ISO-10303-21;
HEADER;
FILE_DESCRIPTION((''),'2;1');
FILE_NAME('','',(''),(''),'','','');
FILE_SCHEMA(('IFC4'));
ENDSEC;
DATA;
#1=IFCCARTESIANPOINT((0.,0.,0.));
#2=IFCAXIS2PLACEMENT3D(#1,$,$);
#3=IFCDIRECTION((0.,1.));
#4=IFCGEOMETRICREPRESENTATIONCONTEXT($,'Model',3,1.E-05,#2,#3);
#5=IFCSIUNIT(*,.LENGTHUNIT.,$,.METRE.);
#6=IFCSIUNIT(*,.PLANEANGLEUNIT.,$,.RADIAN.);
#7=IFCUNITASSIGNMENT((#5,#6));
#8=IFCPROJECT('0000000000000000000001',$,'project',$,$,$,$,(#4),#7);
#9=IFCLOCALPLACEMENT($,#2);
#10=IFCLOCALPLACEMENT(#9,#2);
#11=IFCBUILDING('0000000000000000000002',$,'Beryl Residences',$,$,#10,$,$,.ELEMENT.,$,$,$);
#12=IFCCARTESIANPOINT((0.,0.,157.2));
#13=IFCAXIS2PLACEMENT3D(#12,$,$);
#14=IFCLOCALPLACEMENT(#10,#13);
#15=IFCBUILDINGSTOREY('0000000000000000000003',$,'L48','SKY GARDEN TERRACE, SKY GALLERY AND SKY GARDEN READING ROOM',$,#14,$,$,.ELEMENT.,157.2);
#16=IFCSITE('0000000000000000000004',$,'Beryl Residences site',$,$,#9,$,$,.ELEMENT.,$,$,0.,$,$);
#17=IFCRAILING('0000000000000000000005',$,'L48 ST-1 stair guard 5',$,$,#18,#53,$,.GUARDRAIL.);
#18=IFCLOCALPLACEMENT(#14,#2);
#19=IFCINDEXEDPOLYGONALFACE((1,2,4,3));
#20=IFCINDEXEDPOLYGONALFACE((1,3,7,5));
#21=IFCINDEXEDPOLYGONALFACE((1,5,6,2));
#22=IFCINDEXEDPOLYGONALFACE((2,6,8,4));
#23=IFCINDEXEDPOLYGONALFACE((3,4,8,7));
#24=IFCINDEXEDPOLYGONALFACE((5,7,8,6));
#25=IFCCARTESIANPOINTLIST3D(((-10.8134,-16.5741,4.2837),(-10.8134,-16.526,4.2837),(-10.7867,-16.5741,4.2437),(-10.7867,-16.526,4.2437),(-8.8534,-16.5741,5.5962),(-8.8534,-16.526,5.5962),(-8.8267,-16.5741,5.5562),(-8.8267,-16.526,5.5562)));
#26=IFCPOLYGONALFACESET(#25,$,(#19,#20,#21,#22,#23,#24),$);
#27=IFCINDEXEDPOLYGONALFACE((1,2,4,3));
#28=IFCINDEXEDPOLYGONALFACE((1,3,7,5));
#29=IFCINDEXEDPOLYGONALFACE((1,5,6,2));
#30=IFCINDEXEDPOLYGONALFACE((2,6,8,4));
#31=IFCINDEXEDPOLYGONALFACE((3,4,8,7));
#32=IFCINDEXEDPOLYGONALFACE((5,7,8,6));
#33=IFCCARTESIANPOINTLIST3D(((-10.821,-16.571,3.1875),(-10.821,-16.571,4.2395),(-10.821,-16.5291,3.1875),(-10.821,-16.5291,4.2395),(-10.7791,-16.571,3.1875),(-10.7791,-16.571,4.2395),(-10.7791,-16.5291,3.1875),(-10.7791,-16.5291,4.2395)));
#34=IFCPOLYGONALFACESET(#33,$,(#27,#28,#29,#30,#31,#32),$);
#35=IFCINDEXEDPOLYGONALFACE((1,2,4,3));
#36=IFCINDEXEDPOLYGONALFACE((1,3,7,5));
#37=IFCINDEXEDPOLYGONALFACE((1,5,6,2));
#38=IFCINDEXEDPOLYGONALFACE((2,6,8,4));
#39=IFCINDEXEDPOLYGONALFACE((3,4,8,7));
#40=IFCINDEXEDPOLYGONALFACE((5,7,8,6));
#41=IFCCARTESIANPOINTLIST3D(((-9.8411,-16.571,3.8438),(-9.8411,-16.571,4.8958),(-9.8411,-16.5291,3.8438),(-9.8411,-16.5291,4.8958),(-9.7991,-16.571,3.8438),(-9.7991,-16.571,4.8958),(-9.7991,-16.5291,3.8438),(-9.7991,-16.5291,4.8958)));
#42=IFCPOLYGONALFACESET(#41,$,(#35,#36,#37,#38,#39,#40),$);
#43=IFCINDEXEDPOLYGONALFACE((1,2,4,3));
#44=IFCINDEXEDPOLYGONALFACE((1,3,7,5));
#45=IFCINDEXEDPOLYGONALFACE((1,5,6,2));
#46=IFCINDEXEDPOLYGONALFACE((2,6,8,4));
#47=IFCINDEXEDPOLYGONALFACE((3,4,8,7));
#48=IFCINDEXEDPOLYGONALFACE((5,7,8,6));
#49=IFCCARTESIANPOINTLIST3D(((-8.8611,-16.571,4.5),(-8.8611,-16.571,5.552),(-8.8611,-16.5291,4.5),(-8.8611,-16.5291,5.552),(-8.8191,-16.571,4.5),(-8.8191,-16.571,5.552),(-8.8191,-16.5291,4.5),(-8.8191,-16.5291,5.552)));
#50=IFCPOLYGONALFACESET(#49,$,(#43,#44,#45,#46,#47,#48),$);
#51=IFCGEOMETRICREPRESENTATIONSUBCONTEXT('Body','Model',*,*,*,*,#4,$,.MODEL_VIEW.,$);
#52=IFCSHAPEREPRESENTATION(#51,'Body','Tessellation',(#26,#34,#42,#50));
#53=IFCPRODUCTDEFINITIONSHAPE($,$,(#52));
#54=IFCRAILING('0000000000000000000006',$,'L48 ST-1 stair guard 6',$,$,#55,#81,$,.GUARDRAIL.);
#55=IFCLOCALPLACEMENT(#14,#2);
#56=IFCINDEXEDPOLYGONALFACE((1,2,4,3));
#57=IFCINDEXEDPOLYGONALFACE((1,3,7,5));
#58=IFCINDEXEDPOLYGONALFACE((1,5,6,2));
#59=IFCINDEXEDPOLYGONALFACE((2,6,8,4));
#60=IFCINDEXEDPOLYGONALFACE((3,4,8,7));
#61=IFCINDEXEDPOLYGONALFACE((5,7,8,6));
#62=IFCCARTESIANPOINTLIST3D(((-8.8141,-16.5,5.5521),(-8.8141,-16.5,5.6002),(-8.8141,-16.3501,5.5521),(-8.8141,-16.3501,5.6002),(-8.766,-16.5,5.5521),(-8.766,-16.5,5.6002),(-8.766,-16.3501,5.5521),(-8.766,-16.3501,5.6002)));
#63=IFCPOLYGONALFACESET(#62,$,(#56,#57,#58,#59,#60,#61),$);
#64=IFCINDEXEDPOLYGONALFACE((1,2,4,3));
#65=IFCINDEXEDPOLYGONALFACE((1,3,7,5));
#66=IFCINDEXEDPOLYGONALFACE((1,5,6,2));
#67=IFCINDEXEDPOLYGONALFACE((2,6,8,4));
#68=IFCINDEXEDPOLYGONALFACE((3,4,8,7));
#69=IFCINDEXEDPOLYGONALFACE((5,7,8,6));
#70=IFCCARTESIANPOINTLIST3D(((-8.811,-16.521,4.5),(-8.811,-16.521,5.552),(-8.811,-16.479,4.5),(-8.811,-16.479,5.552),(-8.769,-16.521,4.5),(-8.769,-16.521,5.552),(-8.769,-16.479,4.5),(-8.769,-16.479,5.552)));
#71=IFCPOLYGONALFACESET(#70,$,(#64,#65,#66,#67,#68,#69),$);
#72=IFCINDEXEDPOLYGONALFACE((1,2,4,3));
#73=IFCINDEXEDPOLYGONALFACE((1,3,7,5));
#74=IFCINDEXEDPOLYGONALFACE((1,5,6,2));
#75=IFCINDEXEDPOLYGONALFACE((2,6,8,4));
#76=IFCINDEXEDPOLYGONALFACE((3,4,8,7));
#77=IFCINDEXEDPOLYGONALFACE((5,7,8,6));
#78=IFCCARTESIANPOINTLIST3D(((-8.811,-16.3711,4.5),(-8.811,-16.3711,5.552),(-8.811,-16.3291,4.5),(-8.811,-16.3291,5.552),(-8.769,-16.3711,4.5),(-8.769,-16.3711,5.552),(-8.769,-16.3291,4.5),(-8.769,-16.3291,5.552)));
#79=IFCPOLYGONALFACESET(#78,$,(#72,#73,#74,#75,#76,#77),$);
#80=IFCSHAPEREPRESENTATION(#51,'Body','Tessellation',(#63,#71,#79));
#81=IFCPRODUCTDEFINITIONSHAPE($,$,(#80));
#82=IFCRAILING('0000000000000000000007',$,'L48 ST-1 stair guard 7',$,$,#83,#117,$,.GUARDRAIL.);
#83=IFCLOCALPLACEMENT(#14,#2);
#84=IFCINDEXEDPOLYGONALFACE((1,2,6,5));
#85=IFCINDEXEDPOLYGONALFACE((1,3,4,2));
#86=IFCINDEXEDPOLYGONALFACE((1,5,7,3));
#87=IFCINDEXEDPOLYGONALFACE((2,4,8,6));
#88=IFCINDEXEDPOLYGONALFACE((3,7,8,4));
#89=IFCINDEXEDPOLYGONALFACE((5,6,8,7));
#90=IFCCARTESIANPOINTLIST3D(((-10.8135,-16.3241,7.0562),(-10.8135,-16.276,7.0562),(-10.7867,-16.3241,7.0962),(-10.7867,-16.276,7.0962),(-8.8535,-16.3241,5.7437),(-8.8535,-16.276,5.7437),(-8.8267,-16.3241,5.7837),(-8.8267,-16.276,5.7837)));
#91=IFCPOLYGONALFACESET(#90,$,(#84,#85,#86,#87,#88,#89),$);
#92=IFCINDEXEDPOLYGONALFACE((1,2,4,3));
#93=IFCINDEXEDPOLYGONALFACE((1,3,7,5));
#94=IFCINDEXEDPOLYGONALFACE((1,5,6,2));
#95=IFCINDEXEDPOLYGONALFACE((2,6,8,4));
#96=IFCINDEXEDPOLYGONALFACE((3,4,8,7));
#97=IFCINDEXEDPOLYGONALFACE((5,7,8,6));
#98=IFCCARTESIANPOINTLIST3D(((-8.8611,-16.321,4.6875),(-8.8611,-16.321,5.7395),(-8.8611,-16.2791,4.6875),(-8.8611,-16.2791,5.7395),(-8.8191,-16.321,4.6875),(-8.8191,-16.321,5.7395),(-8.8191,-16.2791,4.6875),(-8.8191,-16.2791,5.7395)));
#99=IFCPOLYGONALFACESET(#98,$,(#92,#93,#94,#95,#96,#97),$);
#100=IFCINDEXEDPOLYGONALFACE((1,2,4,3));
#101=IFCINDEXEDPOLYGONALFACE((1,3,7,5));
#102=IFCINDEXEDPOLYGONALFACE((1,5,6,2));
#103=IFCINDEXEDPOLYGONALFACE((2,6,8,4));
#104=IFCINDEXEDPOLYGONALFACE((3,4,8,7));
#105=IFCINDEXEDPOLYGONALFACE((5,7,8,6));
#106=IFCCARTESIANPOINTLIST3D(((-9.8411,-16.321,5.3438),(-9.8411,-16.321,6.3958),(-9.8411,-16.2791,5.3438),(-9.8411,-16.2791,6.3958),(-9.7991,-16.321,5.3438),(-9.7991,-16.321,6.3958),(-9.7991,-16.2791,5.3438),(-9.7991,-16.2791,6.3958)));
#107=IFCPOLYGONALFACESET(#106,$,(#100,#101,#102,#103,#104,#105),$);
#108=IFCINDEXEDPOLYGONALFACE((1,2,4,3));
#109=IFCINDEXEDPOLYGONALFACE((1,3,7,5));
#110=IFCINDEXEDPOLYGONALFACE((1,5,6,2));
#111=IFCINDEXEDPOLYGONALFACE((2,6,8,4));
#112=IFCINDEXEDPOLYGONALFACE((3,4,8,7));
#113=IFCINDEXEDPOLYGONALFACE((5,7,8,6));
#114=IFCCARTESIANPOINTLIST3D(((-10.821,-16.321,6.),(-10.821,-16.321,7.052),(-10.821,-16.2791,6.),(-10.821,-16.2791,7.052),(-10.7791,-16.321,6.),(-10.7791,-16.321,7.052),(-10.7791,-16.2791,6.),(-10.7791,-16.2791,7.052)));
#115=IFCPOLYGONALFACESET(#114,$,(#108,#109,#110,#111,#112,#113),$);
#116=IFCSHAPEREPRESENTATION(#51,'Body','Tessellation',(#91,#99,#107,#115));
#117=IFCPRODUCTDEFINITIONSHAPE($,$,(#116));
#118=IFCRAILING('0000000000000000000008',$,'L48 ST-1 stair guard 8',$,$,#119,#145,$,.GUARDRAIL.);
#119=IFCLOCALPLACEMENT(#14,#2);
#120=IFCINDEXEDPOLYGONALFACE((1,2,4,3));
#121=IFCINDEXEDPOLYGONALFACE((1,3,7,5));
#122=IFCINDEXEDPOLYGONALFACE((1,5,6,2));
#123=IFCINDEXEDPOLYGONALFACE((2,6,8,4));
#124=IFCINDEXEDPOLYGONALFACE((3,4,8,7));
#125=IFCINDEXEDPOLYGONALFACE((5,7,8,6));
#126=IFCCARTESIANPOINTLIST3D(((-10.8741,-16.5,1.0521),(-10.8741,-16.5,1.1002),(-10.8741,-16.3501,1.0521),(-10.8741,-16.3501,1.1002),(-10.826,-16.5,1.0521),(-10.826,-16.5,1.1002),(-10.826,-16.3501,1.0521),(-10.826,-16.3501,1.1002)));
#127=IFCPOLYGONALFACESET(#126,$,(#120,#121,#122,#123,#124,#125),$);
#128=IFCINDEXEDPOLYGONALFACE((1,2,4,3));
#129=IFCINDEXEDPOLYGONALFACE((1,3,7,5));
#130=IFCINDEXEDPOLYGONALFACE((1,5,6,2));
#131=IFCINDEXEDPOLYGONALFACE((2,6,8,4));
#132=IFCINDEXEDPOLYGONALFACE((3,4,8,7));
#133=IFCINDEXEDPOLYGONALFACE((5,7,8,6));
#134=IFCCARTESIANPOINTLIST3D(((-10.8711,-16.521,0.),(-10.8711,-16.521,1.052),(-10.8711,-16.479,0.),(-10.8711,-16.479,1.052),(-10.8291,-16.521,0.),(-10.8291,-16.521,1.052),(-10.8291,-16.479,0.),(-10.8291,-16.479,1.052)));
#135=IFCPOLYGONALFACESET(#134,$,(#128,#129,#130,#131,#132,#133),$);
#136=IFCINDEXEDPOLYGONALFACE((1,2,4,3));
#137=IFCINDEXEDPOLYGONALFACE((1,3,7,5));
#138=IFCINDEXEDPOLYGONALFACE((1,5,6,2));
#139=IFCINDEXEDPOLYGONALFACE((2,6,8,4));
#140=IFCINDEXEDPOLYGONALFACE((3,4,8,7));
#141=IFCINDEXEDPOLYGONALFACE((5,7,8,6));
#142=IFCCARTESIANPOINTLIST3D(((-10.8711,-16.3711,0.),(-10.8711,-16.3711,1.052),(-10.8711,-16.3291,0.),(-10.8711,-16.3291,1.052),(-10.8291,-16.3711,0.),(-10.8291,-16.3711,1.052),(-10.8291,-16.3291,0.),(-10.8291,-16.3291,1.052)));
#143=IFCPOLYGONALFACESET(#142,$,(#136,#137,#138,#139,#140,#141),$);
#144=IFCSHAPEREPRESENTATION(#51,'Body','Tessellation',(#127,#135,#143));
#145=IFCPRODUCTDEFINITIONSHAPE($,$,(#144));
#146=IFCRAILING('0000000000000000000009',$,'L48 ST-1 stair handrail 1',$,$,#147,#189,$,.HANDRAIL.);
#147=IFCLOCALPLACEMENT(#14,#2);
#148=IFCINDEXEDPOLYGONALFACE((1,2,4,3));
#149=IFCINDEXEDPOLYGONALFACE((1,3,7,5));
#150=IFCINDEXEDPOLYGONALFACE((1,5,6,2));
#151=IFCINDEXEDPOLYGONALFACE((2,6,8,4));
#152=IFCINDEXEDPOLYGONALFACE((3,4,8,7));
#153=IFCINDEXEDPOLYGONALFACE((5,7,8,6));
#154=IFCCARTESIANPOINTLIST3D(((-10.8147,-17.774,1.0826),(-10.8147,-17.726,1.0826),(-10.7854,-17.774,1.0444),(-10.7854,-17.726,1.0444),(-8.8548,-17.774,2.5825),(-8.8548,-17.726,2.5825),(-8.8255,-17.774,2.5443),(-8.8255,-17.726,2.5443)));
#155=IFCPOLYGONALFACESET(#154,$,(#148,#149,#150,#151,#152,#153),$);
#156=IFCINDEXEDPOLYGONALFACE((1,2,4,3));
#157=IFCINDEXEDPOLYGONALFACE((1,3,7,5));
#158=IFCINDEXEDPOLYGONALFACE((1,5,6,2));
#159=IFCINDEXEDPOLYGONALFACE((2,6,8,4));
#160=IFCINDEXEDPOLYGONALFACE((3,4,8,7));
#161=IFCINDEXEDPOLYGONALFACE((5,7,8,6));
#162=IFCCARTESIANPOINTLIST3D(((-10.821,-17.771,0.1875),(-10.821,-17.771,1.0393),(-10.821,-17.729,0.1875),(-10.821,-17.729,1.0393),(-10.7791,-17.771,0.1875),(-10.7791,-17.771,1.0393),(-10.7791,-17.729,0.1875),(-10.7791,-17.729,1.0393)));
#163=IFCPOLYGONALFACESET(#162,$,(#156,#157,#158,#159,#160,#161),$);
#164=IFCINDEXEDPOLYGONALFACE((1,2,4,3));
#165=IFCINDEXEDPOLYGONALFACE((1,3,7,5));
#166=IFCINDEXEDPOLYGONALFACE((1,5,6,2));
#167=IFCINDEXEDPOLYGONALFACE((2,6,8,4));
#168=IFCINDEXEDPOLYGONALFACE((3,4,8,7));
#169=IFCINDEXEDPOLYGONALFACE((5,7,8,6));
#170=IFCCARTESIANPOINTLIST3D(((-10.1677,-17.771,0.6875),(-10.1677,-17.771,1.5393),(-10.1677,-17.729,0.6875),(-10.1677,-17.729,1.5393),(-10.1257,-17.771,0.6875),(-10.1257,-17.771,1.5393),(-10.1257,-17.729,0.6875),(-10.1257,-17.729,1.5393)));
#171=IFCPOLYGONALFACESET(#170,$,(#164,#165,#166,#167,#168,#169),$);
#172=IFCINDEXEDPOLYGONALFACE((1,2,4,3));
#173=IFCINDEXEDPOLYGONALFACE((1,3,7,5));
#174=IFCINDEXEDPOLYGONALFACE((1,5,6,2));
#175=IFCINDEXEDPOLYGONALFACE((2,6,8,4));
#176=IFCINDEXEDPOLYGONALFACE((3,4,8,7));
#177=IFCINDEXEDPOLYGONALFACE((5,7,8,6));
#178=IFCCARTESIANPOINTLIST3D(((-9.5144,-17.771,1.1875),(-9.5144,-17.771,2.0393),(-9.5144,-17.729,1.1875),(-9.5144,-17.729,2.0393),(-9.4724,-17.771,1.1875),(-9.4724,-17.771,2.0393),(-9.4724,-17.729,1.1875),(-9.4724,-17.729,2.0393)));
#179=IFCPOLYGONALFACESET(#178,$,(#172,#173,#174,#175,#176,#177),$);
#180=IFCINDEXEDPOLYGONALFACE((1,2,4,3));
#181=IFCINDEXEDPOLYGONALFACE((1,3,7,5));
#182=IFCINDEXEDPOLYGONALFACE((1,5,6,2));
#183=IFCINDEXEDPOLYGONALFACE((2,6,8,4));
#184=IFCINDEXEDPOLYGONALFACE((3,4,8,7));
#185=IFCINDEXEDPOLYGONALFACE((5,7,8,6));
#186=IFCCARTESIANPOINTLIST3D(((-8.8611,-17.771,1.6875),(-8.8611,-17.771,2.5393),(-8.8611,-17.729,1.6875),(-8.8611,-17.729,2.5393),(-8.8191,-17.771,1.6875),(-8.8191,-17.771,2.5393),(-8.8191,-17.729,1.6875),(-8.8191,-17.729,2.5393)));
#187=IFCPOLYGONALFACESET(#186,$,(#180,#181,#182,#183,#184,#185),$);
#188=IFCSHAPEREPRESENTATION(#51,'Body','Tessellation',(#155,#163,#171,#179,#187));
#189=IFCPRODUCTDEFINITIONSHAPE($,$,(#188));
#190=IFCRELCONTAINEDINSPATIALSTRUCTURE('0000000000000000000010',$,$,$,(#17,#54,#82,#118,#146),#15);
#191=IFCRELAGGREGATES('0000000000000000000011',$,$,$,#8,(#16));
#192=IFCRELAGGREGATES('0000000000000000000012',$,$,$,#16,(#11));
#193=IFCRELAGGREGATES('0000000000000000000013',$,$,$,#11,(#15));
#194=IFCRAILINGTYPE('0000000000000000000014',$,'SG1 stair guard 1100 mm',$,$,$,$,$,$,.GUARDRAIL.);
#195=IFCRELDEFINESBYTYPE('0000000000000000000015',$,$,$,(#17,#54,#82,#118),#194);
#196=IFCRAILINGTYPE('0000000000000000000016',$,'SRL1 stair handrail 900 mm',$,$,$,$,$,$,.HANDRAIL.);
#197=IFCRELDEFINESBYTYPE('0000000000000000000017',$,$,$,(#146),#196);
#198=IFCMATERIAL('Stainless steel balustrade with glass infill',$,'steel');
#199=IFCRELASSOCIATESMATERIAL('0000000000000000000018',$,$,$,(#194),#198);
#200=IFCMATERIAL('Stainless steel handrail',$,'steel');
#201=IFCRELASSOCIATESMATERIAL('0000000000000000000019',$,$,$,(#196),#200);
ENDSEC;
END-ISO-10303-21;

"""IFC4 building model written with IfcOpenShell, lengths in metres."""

from ifc_helpers import new_model, si_unit, direction, frame, origin, origin_2d, place, context, subcontext, project, spatial, rectangle, extrude, material, type_object, element, save


model = new_model("IFC4")

# Units and contexts
model_context = context("Model", 3, precision=1e-05, world=origin(), true_north=direction((0.0, 1.0)))
body_context = subcontext(model_context, "Body", "Model", "MODEL_VIEW")
ifc_project = project(units=[si_unit("LENGTHUNIT", "METRE"), si_unit("PLANEANGLEUNIT", "RADIAN")], contexts=[model_context])

# Site, building, storey
site_placement = place(None, origin())
site = spatial("IfcSite", under=ifc_project, at=site_placement, Name="Beryl Residences site", CompositionType="ELEMENT", RefElevation=0.0)
building_placement = place(site_placement, origin())
building = spatial("IfcBuilding", under=site, at=building_placement, Name="Beryl Residences", CompositionType="ELEMENT")
storey_placement = place(building_placement, frame((0.0, 0.0, 157.2)))
storey = spatial("IfcBuildingStorey", under=building, at=storey_placement, Name="L48", Description="SKY GARDEN TERRACE, SKY GALLERY AND SKY GARDEN READING ROOM", CompositionType="ELEMENT", Elevation=157.2)

# Railings
ifc_material_1 = material(Name="Stainless steel balustrade with glass infill", Category="steel")
railing_type_1 = type_object("IfcRailingType", Name="SG1 stair guard 1100 mm", PredefinedType="GUARDRAIL", material=ifc_material_1)
railing_1_placement = place(storey_placement, frame((-10.8, -16.55, 3.1875)))
element("IfcRailing", 1, at=railing_1_placement, inside=storey, type_object=railing_type_1, Name="L48 ST-1 stair guard 5", PredefinedType="GUARDRAIL", context=body_context, shape_type="SweptSolid", body=[
    extrude(rectangle(XDim=0.0481, YDim=0.0481, at=origin_2d()), frame((0.0, 0.0, 1.0762), z_axis=(0.830902, 0.0, 0.556419), x_axis=(0.0, 1.0, 0.0)), (0.0, 0.0, 1.0), 2.3589),
    extrude(rectangle(XDim=0.042, YDim=0.042, at=origin_2d()), origin(), (0.0, 0.0, 1.0), 1.052),
    extrude(rectangle(XDim=0.042, YDim=0.042, at=origin_2d()), frame((0.98, 0.0, 0.6562)), (0.0, 0.0, 1.0), 1.052),
    extrude(rectangle(XDim=0.042, YDim=0.042, at=origin_2d()), frame((1.96, 0.0, 1.3125)), (0.0, 0.0, 1.0), 1.052),
])
railing_2_placement = place(storey_placement, frame((-8.79, -16.5, 4.5)))
element("IfcRailing", 2, at=railing_2_placement, inside=storey, type_object=railing_type_1, Name="L48 ST-1 stair guard 6", PredefinedType="GUARDRAIL", context=body_context, shape_type="SweptSolid", body=[
    extrude(rectangle(XDim=0.0481, YDim=0.0481, at=origin_2d()), frame((0.0, 0.0, 1.0762), z_axis=(0.0, 1.0, 0.0), x_axis=(-1.0, 0.0, 0.0)), (0.0, 0.0, 1.0), 0.1499),
    extrude(rectangle(XDim=0.042, YDim=0.042, at=origin_2d()), origin(), (0.0, 0.0, 1.0), 1.052),
    extrude(rectangle(XDim=0.042, YDim=0.042, at=origin_2d()), frame((0.0, 0.1499, 0.0)), (0.0, 0.0, 1.0), 1.052),
])
railing_3_placement = place(storey_placement, frame((-8.8401, -16.3, 4.6875)))
element("IfcRailing", 3, at=railing_3_placement, inside=storey, type_object=railing_type_1, Name="L48 ST-1 stair guard 7", PredefinedType="GUARDRAIL", context=body_context, shape_type="SweptSolid", body=[
    extrude(rectangle(XDim=0.0481, YDim=0.0481, at=origin_2d()), frame((0.0, 0.0, 1.0762), z_axis=(-0.830902, 0.0, 0.556419), x_axis=(0.0, -1.0, 0.0)), (0.0, 0.0, 1.0), 2.3589),
    extrude(rectangle(XDim=0.042, YDim=0.042, at=origin_2d()), origin(), (0.0, 0.0, 1.0), 1.052),
    extrude(rectangle(XDim=0.042, YDim=0.042, at=origin_2d()), frame((-0.98, 0.0, 0.6562)), (0.0, 0.0, 1.0), 1.052),
    extrude(rectangle(XDim=0.042, YDim=0.042, at=origin_2d()), frame((-1.96, 0.0, 1.3125)), (0.0, 0.0, 1.0), 1.052),
])
railing_4_placement = place(storey_placement, frame((-10.8501, -16.5, 0.0)))
element("IfcRailing", 4, at=railing_4_placement, inside=storey, type_object=railing_type_1, Name="L48 ST-1 stair guard 8", PredefinedType="GUARDRAIL", context=body_context, shape_type="SweptSolid", body=[
    extrude(rectangle(XDim=0.0481, YDim=0.0481, at=origin_2d()), frame((0.0, 0.0, 1.0762), z_axis=(0.0, 1.0, 0.0), x_axis=(-1.0, 0.0, 0.0)), (0.0, 0.0, 1.0), 0.1499),
    extrude(rectangle(XDim=0.042, YDim=0.042, at=origin_2d()), origin(), (0.0, 0.0, 1.0), 1.052),
    extrude(rectangle(XDim=0.042, YDim=0.042, at=origin_2d()), frame((0.0, 0.1499, 0.0)), (0.0, 0.0, 1.0), 1.052),
])
ifc_material_2 = material(Name="Stainless steel handrail", Category="steel")
railing_type_2 = type_object("IfcRailingType", Name="SRL1 stair handrail 900 mm", PredefinedType="HANDRAIL", material=ifc_material_2)
railing_5_placement = place(storey_placement, frame((-10.8, -17.75, 0.1875)))
element("IfcRailing", 5, at=railing_5_placement, inside=storey, type_object=railing_type_2, Name="L48 ST-1 stair handrail 1", PredefinedType="HANDRAIL", context=body_context, shape_type="SweptSolid", body=[
    extrude(rectangle(XDim=0.0481, YDim=0.0481, at=origin_2d()), frame((0.0, 0.0, 0.876), z_axis=(0.794122, 0.0, 0.607758), x_axis=(0.0, 1.0, 0.0)), (0.0, 0.0, 1.0), 2.468),
    extrude(rectangle(XDim=0.042, YDim=0.042, at=origin_2d()), origin(), (0.0, 0.0, 1.0), 0.8518),
    extrude(rectangle(XDim=0.042, YDim=0.042, at=origin_2d()), frame((0.6533, 0.0, 0.5)), (0.0, 0.0, 1.0), 0.8518),
    extrude(rectangle(XDim=0.042, YDim=0.042, at=origin_2d()), frame((1.3066, 0.0, 1.0)), (0.0, 0.0, 1.0), 0.8518),
    extrude(rectangle(XDim=0.042, YDim=0.042, at=origin_2d()), frame((1.96, 0.0, 1.5)), (0.0, 0.0, 1.0), 0.8518),
])

save(model, "model.ifc")
